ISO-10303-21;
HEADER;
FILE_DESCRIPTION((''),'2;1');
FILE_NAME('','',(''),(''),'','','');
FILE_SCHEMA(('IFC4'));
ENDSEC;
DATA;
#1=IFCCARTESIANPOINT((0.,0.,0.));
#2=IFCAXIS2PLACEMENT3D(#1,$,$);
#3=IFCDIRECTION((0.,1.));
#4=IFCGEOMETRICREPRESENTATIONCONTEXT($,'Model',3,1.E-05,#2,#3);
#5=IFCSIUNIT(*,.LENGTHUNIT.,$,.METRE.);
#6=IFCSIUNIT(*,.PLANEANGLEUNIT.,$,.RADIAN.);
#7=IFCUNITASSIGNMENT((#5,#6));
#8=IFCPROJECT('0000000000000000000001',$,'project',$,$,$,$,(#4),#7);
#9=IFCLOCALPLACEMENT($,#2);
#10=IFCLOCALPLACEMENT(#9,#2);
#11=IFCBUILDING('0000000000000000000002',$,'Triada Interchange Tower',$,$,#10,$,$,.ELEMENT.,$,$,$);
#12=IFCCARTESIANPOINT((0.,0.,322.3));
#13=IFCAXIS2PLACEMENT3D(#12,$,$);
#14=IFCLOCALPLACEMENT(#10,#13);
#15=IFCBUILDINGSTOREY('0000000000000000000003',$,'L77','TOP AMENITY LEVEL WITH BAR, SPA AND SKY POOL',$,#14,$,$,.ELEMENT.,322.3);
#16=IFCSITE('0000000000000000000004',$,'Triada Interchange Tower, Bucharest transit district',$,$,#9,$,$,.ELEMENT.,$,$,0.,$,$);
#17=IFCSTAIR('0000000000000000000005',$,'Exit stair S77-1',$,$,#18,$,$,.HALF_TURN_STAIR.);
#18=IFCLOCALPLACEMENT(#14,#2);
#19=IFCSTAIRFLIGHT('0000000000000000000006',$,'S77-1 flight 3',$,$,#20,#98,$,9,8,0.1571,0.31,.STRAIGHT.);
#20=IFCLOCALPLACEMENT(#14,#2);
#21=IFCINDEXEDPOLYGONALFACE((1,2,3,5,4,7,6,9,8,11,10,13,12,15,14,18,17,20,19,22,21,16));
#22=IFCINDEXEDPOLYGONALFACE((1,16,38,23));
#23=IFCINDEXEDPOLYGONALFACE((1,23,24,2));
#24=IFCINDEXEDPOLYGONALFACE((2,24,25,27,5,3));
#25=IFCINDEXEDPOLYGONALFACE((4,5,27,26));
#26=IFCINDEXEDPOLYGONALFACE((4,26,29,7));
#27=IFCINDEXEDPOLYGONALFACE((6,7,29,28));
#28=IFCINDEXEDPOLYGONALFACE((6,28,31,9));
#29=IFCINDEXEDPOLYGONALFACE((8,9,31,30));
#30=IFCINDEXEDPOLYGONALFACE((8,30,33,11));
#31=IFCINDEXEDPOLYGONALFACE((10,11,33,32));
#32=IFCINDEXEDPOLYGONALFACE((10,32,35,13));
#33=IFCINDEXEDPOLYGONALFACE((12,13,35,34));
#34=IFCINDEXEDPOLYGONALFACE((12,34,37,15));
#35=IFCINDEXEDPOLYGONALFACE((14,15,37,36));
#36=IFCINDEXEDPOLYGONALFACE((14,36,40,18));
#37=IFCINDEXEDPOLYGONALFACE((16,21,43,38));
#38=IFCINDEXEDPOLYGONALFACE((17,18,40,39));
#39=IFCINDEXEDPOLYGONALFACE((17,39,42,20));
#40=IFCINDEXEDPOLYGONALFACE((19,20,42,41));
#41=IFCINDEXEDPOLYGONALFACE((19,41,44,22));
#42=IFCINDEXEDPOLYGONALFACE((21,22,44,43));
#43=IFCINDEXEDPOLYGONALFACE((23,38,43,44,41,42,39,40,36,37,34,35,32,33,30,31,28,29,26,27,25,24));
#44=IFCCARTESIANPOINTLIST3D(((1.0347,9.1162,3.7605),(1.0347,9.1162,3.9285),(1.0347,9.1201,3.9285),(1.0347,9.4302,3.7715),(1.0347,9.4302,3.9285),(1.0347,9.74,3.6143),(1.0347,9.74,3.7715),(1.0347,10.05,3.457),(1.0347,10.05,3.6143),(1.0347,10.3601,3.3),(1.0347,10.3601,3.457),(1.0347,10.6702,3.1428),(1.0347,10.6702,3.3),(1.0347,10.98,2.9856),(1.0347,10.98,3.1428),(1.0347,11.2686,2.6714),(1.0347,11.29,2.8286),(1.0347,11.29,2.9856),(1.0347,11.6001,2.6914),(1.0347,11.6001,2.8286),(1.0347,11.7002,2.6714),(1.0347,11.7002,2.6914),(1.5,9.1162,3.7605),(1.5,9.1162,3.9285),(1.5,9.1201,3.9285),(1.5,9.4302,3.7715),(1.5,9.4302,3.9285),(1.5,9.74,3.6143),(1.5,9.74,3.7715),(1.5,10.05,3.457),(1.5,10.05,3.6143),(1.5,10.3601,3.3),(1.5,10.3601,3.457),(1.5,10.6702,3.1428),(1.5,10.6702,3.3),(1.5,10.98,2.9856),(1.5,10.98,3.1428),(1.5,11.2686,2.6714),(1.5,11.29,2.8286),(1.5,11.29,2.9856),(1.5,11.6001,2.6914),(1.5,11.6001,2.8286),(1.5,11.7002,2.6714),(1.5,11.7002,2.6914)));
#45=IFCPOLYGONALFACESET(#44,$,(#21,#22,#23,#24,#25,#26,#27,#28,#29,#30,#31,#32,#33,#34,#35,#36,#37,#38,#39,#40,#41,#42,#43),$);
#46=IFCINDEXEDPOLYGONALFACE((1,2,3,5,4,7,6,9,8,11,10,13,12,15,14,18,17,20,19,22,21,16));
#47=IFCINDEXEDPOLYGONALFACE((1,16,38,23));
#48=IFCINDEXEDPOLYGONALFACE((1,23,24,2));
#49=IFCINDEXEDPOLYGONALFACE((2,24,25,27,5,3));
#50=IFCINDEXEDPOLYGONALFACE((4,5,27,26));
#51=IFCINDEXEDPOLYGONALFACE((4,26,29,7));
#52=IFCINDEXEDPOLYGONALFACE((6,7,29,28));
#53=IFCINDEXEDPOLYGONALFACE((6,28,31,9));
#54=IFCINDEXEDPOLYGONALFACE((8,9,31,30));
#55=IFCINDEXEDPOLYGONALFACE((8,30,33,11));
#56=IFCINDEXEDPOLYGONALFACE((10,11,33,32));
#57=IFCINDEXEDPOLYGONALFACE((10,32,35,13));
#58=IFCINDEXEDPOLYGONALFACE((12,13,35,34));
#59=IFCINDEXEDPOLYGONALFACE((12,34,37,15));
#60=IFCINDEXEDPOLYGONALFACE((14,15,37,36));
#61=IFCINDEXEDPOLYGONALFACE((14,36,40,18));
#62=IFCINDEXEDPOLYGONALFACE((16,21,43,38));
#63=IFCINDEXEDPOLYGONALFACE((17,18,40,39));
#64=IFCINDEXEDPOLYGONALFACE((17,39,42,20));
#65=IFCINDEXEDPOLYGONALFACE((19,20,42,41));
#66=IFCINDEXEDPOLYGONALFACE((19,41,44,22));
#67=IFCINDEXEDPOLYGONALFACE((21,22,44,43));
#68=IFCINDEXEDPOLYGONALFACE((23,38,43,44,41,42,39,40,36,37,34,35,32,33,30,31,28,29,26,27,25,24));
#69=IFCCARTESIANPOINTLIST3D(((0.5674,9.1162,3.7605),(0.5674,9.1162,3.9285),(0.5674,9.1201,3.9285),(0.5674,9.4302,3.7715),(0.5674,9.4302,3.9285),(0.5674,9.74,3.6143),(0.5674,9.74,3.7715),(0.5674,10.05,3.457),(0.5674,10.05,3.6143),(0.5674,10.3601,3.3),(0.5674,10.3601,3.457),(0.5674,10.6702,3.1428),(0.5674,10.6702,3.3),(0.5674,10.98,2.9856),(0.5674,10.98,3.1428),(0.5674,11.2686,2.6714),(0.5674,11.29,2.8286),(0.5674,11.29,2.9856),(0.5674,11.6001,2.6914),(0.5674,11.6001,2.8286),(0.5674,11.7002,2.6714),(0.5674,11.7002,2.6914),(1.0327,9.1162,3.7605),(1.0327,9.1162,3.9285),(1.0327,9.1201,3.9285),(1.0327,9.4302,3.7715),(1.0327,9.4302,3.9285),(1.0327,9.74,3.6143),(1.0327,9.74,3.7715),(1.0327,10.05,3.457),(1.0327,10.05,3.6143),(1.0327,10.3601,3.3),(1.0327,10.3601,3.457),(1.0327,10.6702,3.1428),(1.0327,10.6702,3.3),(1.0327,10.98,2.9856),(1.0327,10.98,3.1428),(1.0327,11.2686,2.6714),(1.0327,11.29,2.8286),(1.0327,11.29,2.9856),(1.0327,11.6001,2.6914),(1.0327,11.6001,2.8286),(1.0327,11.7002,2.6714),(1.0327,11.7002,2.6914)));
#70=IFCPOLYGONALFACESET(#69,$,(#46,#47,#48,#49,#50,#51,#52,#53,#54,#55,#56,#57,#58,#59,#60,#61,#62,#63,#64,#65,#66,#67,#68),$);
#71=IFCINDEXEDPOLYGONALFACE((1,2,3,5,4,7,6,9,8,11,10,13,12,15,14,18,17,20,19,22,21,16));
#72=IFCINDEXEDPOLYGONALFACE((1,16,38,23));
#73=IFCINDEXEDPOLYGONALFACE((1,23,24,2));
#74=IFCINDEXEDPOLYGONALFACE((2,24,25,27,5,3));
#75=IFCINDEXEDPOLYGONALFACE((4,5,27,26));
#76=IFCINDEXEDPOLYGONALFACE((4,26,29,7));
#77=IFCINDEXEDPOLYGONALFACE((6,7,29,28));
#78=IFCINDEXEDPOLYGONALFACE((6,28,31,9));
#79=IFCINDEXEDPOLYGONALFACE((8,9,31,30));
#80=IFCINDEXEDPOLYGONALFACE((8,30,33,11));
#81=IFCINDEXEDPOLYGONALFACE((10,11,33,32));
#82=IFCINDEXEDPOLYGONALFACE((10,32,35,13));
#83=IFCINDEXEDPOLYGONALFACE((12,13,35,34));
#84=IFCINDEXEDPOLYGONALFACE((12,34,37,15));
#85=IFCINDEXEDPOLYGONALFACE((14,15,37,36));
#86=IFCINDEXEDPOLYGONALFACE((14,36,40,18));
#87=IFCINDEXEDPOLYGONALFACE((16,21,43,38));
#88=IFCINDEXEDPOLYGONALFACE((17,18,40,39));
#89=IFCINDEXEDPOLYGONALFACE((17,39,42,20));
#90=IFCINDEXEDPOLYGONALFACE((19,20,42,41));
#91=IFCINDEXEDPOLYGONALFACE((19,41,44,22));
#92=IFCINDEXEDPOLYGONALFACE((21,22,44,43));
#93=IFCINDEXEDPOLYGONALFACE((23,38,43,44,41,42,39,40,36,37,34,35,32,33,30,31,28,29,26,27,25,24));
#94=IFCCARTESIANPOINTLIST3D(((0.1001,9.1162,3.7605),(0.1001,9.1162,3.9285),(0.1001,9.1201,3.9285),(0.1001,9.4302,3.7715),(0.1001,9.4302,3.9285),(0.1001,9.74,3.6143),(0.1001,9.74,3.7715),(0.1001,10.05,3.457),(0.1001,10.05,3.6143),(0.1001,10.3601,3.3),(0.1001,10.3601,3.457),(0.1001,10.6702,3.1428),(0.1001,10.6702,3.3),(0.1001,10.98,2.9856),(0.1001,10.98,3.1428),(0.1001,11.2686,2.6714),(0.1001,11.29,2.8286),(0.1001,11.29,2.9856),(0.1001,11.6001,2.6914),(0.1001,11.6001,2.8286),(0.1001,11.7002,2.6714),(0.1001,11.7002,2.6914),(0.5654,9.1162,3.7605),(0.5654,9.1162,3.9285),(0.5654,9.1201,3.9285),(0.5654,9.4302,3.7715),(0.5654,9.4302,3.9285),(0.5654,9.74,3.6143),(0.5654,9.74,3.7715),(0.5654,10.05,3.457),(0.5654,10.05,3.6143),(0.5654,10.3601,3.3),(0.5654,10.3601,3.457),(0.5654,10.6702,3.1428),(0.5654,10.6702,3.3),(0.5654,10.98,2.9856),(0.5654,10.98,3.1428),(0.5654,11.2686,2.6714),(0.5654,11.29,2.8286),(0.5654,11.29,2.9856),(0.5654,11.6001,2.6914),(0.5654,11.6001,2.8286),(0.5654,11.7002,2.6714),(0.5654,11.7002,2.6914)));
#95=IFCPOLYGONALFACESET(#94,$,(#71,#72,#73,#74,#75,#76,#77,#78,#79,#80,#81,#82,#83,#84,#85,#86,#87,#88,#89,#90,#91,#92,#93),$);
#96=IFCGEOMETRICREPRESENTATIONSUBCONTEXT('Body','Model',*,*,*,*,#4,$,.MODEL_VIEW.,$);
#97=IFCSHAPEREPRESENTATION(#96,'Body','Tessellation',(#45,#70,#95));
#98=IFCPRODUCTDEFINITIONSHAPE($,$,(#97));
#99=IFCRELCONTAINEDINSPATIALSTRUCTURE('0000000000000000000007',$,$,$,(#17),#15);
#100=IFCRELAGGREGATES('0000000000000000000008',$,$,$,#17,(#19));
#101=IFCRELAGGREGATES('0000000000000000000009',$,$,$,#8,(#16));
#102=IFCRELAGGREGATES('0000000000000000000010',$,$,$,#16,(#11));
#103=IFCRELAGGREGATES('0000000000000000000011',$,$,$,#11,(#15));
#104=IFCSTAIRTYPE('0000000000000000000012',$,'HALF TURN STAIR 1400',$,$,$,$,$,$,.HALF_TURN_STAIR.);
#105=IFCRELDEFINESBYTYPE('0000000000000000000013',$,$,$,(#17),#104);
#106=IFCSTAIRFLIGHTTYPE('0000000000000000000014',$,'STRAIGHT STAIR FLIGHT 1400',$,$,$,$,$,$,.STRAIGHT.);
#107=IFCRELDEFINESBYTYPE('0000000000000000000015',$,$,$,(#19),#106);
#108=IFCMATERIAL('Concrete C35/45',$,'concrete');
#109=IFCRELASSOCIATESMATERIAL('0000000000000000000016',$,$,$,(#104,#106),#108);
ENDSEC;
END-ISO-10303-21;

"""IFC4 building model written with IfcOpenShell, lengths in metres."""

from ifc_helpers import new_model, si_unit, direction, frame, origin, place, context, subcontext, project, spatial, polyline, outline, extrude, material, type_object, element, aggregate, save


model = new_model("IFC4")

# Units and contexts
model_context = context("Model", 3, precision=1e-05, world=origin(), true_north=direction((0.0, 1.0)))
body_context = subcontext(model_context, "Body", "Model", "MODEL_VIEW")
ifc_project = project(units=[si_unit("LENGTHUNIT", "METRE"), si_unit("PLANEANGLEUNIT", "RADIAN")], contexts=[model_context])

# Site, building, storey
site_placement = place(None, origin())
site = spatial("IfcSite", under=ifc_project, at=site_placement, Name="Triada Interchange Tower, Bucharest transit district", CompositionType="ELEMENT", RefElevation=0.0)
building_placement = place(site_placement, origin())
building = spatial("IfcBuilding", under=site, at=building_placement, Name="Triada Interchange Tower", CompositionType="ELEMENT")
storey_placement = place(building_placement, frame((0.0, 0.0, 322.3)))
storey = spatial("IfcBuildingStorey", under=building, at=storey_placement, Name="L77", Description="TOP AMENITY LEVEL WITH BAR, SPA AND SKY POOL", CompositionType="ELEMENT", Elevation=322.3)

# Shared definitions
ifc_material_1 = material(Name="Concrete C35/45", Category="concrete")

# Stair, stair flight
stair_type = type_object("IfcStairType", Name="HALF TURN STAIR 1400", PredefinedType="HALF_TURN_STAIR", material=ifc_material_1)
stair_placement = place(storey_placement, origin())
stair = element("IfcStair", 1, at=stair_placement, inside=storey, type_object=stair_type, Name="Exit stair S77-1", PredefinedType="HALF_TURN_STAIR")
stair_flight_type = type_object("IfcStairFlightType", Name="STRAIGHT STAIR FLIGHT 1400", PredefinedType="STRAIGHT", material=ifc_material_1)
stair_flight_1_placement = place(storey_placement, frame((0.8, 11.6001, 2.6714), z_axis=(0.0, 0.0, 1.0), x_axis=(0.0, -1.0, 0.0)))
stair_flight_1 = element("IfcStairFlight", 2, at=stair_flight_1_placement, type_object=stair_flight_type, Name="S77-1 flight 3", NumberOfRisers=9, NumberOfTreads=8, PredefinedType="STRAIGHT", RiserHeight=0.1571, TreadLength=0.31, context=body_context, shape_type="SweptSolid", body=[
    extrude(outline(polyline([(-0.1001, 0.0), (-0.1001, 0.02), (0.0, 0.02), (0.0, 0.1572), (0.3101, 0.1572), (0.3101, 0.3142), (0.6201, 0.3142), (0.6201, 0.4714), (0.9299, 0.4714), (0.9299, 0.6287), (1.24, 0.6287), (1.24, 0.7856), (1.55, 0.7856), (1.55, 0.9429), (1.8601, 0.9429), (1.8601, 1.1001), (2.1699, 1.1001), (2.1699, 1.2571), (2.48, 1.2571), (2.4839, 1.2571), (2.4839, 1.4143), (2.4839, 1.0891), (0.3315, 0.0), (-0.1001, 0.0)])), frame((0.0, 0.7, 0.0), z_axis=(0.0, -1.0, 0.0), x_axis=(1.0, 0.0, 0.0)), (0.0, 0.0, 1.0), 0.4653),
    extrude(outline(polyline([(-0.1001, 0.0), (-0.1001, 0.02), (0.0, 0.02), (0.0, 0.1572), (0.3101, 0.1572), (0.3101, 0.3142), (0.6201, 0.3142), (0.6201, 0.4714), (0.9299, 0.4714), (0.9299, 0.6287), (1.24, 0.6287), (1.24, 0.7856), (1.55, 0.7856), (1.55, 0.9429), (1.8601, 0.9429), (1.8601, 1.1001), (2.1699, 1.1001), (2.1699, 1.2571), (2.48, 1.2571), (2.4839, 1.2571), (2.4839, 1.4143), (2.4839, 1.0891), (0.3315, 0.0), (-0.1001, 0.0)])), frame((0.0, 0.2327, 0.0), z_axis=(0.0, -1.0, 0.0), x_axis=(1.0, 0.0, 0.0)), (0.0, 0.0, 1.0), 0.4653),
    extrude(outline(polyline([(-0.1001, 0.0), (-0.1001, 0.02), (0.0, 0.02), (0.0, 0.1572), (0.3101, 0.1572), (0.3101, 0.3142), (0.6201, 0.3142), (0.6201, 0.4714), (0.9299, 0.4714), (0.9299, 0.6287), (1.24, 0.6287), (1.24, 0.7856), (1.55, 0.7856), (1.55, 0.9429), (1.8601, 0.9429), (1.8601, 1.1001), (2.1699, 1.1001), (2.1699, 1.2571), (2.48, 1.2571), (2.4839, 1.2571), (2.4839, 1.4143), (2.4839, 1.0891), (0.3315, 0.0), (-0.1001, 0.0)])), frame((0.0, -0.2346, 0.0), z_axis=(0.0, -1.0, 0.0), x_axis=(1.0, 0.0, 0.0)), (0.0, 0.0, 1.0), 0.4653),
])
aggregate(stair, [stair_flight_1])

save(model, "model.ifc")
